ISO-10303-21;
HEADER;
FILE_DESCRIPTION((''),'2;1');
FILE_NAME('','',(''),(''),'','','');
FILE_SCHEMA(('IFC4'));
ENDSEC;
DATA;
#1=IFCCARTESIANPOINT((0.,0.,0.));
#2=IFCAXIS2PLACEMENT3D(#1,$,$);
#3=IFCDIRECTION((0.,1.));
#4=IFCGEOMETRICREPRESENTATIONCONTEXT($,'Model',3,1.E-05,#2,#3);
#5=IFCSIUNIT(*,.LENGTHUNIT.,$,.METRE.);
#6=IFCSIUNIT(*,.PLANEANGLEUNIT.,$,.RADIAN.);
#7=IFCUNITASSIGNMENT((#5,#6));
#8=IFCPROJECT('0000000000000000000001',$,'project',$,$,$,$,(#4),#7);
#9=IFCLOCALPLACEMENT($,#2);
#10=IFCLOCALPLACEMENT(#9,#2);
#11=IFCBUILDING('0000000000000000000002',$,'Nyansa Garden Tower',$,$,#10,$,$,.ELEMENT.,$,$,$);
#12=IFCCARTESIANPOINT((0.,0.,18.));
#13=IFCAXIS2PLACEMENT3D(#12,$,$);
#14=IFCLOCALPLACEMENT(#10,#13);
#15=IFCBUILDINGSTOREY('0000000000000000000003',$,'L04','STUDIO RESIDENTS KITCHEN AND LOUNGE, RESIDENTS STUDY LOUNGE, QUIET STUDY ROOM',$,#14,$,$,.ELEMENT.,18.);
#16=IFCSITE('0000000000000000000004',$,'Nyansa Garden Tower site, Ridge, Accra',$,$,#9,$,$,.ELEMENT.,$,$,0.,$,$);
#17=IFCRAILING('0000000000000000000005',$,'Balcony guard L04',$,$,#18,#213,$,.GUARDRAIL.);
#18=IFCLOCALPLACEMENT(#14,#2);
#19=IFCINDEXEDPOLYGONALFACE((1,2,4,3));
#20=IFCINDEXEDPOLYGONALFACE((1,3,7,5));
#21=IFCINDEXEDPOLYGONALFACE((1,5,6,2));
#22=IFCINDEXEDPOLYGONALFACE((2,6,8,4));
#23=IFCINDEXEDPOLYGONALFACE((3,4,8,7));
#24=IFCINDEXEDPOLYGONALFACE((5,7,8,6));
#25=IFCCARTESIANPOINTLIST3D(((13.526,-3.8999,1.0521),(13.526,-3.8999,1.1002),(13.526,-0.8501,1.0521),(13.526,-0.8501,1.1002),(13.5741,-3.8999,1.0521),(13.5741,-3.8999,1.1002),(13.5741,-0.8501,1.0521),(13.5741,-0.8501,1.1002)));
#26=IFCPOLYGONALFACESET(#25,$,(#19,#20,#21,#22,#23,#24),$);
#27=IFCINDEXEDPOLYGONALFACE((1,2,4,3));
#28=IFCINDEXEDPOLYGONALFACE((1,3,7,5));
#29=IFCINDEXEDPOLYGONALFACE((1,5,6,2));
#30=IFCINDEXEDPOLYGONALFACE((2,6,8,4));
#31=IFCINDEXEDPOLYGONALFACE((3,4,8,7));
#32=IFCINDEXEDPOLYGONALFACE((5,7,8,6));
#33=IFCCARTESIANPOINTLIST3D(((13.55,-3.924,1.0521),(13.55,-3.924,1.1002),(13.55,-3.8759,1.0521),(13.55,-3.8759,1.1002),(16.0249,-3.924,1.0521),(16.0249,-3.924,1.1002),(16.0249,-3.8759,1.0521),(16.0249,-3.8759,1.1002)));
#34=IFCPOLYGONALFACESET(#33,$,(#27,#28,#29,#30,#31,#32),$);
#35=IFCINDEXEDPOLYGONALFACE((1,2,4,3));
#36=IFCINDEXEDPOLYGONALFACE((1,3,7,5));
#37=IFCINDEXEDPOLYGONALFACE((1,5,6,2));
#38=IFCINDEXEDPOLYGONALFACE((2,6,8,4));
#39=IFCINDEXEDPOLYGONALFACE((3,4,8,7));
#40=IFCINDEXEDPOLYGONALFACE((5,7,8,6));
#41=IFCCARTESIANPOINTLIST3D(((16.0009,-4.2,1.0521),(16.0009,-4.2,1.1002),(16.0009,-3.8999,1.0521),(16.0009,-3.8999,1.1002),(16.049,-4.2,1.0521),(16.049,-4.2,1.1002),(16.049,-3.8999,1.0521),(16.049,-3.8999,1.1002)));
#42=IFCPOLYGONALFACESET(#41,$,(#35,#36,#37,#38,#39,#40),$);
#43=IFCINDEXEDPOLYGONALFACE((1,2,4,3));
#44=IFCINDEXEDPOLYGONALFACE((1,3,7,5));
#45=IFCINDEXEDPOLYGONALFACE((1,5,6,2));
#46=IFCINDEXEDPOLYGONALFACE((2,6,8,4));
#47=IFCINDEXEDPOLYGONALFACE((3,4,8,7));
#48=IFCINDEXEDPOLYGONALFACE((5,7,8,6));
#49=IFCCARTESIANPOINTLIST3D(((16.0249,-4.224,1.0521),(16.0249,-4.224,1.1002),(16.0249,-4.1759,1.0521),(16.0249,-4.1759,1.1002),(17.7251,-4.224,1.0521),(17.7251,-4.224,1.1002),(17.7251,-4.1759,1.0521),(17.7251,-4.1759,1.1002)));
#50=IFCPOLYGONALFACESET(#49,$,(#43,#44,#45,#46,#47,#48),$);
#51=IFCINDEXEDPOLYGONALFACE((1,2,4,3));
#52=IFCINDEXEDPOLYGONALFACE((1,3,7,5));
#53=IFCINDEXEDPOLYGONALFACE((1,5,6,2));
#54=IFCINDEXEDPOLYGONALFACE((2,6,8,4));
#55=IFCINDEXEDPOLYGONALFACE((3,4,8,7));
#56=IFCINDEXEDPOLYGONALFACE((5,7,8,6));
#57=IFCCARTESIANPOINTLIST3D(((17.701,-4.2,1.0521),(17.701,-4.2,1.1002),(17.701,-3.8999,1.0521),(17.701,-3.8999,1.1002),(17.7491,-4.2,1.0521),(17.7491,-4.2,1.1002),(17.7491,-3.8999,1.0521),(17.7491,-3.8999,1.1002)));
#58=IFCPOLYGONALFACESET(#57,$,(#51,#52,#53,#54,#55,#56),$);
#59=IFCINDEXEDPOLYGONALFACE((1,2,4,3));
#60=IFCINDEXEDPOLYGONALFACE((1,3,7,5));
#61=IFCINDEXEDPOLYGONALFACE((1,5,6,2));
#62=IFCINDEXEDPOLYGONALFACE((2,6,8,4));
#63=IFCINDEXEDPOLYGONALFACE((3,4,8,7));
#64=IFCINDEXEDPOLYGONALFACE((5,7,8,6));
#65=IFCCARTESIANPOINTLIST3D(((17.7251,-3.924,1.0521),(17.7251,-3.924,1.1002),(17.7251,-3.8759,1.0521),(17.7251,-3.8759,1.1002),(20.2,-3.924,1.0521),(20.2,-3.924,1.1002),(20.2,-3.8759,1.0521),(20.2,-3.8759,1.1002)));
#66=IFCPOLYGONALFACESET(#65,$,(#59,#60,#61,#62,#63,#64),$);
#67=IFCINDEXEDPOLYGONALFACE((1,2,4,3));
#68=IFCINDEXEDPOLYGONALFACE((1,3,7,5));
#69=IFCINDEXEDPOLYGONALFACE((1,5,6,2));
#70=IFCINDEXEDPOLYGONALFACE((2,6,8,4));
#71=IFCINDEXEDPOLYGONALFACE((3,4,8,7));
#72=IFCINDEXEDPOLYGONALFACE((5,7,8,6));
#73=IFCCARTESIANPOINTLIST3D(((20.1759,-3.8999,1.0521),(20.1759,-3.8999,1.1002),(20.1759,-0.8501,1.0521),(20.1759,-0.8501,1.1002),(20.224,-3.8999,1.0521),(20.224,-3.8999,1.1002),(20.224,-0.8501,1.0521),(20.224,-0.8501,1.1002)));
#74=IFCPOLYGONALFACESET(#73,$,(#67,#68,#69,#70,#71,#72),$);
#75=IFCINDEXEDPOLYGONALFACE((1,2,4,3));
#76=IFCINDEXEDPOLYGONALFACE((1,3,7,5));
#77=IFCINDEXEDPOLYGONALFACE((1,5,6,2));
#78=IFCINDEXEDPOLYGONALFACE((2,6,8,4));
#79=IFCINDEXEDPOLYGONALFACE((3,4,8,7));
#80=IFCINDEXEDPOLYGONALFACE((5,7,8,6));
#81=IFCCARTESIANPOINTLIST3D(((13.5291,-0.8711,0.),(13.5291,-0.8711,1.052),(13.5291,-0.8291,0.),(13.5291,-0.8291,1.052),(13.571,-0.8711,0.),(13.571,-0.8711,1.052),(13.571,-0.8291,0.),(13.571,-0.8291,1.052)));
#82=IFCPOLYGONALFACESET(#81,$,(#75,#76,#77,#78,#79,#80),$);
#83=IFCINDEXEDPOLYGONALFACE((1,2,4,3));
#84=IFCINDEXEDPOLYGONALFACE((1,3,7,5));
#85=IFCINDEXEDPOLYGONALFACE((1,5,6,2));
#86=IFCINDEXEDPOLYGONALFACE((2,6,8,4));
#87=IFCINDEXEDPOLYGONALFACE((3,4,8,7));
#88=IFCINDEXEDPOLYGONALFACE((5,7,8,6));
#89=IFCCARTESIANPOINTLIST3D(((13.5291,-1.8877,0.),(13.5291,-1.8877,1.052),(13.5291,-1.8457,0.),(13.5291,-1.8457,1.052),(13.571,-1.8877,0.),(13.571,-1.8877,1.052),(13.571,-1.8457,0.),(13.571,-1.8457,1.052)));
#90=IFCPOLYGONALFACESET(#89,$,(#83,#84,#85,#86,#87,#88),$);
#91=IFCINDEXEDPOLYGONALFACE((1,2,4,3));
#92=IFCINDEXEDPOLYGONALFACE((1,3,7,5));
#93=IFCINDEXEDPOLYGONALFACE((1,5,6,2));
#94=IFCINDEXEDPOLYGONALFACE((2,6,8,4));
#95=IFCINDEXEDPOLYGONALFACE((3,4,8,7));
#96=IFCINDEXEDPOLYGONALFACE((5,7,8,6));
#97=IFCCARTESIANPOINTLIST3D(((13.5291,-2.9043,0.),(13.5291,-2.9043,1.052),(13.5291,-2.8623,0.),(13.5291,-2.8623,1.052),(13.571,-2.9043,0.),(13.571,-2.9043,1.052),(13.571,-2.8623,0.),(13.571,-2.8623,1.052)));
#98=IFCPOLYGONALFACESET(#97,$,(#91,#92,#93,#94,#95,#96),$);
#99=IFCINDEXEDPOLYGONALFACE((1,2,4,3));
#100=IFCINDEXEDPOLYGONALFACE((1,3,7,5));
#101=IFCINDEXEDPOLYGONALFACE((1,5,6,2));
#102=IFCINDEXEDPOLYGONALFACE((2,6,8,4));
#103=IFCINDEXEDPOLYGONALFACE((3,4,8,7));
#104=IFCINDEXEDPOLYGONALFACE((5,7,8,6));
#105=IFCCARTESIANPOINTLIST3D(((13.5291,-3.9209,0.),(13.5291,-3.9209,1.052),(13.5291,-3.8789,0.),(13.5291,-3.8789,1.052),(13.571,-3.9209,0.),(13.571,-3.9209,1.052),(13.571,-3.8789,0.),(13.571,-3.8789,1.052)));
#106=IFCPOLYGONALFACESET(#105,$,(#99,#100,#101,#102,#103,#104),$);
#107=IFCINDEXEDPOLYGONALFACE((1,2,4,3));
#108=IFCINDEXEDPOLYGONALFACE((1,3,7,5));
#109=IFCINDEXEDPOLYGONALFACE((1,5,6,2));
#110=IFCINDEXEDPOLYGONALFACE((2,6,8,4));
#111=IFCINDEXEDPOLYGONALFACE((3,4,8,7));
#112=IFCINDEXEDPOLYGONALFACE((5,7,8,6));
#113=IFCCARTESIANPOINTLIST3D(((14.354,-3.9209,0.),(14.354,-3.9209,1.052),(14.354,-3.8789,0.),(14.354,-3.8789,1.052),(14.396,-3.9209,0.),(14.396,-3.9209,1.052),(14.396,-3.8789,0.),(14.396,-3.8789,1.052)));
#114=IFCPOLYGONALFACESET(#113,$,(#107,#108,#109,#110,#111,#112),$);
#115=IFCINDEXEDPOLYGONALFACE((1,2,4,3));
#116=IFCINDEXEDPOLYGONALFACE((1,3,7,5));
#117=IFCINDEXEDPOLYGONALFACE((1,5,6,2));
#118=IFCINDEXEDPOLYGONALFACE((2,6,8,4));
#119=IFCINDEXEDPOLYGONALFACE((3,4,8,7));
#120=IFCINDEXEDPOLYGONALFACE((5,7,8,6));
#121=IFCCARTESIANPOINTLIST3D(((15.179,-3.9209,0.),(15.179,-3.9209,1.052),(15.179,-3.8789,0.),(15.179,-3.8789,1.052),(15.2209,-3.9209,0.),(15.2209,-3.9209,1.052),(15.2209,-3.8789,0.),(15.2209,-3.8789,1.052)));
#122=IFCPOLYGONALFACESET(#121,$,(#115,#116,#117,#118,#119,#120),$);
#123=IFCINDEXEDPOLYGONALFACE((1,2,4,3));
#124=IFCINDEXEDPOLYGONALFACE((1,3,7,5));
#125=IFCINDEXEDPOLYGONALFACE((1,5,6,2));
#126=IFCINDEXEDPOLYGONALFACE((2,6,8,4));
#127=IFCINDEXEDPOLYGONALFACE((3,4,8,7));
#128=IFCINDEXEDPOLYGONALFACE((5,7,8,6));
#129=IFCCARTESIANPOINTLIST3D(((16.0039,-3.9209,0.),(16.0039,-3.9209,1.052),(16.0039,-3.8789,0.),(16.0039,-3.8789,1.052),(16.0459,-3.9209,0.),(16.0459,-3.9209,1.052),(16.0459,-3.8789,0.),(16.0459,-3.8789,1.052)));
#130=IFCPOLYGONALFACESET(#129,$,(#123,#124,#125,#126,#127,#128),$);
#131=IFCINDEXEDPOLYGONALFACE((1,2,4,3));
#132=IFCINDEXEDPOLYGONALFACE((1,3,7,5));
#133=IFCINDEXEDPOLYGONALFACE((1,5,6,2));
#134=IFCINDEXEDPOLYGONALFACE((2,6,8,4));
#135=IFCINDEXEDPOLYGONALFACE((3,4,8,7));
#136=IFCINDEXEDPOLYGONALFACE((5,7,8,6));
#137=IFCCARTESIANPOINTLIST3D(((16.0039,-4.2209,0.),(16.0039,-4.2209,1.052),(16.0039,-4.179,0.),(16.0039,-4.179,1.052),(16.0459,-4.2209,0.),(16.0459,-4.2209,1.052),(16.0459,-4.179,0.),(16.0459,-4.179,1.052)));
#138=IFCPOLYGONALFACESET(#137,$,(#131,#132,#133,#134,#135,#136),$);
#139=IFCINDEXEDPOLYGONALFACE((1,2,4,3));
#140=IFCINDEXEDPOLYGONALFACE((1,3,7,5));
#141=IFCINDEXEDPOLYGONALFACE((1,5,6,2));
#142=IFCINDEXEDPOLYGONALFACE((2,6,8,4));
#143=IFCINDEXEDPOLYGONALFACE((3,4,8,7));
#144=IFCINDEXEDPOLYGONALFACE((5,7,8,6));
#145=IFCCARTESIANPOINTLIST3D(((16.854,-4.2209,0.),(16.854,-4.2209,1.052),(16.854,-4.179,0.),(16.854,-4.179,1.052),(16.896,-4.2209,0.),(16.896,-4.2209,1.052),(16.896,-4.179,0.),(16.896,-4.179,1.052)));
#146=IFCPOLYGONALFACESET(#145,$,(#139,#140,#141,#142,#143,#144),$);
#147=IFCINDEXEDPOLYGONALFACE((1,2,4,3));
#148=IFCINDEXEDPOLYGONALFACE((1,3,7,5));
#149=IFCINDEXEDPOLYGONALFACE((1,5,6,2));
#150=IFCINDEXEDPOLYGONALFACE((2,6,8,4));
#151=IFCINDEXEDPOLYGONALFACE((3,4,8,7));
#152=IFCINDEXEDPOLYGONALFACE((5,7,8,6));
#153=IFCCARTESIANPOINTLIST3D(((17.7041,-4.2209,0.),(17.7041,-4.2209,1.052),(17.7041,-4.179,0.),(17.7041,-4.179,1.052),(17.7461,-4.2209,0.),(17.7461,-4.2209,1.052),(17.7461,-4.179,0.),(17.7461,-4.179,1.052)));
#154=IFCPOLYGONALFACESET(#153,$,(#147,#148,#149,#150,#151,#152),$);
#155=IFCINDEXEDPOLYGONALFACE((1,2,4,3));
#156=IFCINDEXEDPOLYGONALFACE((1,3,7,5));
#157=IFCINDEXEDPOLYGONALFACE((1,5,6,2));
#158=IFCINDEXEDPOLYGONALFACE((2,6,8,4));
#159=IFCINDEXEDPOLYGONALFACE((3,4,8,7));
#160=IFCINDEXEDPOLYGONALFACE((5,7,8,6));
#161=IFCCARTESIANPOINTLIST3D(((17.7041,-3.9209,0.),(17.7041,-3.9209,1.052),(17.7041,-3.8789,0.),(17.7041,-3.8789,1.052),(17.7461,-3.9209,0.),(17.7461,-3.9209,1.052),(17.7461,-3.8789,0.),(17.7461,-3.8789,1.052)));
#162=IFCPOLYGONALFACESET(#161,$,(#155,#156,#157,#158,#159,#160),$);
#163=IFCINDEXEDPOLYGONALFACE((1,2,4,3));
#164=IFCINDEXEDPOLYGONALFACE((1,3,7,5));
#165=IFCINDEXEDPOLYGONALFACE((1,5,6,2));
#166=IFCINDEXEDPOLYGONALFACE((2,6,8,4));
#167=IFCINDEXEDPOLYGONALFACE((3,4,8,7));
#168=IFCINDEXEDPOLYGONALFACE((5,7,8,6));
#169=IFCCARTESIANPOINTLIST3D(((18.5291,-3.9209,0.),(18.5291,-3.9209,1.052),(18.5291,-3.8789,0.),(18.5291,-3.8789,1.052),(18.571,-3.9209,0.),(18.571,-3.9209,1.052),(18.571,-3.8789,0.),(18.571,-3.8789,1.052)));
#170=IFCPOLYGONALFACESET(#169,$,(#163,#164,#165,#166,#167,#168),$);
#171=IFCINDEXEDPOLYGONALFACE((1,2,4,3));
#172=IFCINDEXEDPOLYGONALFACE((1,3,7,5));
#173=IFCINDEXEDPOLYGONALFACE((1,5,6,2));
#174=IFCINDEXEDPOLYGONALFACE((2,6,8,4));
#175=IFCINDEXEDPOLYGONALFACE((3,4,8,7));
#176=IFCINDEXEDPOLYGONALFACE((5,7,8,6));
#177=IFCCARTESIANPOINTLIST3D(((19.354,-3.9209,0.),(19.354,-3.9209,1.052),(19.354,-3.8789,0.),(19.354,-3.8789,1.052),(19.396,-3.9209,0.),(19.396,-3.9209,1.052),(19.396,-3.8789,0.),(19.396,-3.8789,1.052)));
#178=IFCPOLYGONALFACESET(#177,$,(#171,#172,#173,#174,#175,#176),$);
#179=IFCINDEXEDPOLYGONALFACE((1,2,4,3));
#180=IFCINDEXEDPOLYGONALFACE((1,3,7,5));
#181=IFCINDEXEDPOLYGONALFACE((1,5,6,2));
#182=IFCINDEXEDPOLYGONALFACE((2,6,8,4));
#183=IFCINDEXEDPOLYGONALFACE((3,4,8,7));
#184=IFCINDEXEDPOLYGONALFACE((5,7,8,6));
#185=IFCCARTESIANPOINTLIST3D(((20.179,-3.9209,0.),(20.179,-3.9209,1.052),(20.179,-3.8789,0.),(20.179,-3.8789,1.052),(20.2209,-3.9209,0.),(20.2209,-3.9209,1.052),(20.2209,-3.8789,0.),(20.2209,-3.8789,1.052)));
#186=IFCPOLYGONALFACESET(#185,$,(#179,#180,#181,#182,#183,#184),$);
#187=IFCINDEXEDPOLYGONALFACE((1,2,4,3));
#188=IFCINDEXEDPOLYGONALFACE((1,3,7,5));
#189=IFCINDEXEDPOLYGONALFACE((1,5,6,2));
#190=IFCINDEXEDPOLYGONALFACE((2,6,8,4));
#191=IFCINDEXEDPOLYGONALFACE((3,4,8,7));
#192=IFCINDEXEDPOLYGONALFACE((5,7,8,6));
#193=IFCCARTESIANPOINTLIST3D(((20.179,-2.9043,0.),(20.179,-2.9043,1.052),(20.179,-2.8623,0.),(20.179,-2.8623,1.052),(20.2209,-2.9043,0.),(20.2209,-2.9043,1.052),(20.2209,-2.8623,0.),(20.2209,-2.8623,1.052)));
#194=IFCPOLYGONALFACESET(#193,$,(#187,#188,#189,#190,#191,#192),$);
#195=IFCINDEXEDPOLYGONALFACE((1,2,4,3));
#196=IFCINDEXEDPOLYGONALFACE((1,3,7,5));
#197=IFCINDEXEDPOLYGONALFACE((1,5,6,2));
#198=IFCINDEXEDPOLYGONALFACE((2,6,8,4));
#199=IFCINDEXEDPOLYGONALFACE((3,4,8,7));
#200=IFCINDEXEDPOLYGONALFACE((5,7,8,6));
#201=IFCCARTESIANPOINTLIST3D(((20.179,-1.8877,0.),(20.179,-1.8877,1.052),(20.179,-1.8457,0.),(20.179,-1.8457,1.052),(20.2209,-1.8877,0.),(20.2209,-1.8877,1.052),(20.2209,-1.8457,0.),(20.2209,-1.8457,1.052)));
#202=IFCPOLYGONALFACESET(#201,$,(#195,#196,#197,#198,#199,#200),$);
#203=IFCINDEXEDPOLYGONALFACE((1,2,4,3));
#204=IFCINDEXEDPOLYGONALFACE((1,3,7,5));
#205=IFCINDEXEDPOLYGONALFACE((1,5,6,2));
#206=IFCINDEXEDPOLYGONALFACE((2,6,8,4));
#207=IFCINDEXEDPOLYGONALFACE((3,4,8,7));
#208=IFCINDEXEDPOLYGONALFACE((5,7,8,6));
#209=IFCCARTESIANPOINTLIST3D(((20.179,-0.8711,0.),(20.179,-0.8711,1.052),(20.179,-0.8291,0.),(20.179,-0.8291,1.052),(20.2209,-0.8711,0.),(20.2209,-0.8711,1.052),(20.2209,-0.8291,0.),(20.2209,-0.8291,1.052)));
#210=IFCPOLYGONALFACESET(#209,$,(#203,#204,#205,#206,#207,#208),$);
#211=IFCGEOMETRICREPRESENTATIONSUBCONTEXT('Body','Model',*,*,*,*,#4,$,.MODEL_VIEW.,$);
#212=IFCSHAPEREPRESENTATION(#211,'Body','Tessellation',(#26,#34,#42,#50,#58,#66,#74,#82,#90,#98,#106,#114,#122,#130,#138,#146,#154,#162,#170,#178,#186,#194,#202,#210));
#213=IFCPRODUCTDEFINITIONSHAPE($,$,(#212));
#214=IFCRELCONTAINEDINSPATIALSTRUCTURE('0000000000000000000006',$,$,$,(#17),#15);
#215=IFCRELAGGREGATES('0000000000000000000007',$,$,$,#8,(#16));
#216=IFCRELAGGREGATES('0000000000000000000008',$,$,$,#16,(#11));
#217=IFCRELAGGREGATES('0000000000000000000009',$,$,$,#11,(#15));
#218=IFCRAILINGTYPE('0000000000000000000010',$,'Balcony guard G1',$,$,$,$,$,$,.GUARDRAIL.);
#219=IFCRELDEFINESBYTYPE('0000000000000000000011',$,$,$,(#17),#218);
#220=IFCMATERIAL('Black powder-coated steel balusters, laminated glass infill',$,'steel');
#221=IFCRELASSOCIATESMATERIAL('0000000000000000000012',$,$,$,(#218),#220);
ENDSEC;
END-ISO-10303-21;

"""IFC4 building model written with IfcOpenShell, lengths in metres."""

from ifc_helpers import new_model, si_unit, direction, frame, origin, origin_2d, place, context, subcontext, project, spatial, rectangle, extrude, material, type_object, element, save


model = new_model("IFC4")

# Units and contexts
model_context = context("Model", 3, precision=1e-05, world=origin(), true_north=direction((0.0, 1.0)))
body_context = subcontext(model_context, "Body", "Model", "MODEL_VIEW")
ifc_project = project(units=[si_unit("LENGTHUNIT", "METRE"), si_unit("PLANEANGLEUNIT", "RADIAN")], contexts=[model_context])

# Site, building, storey
site_placement = place(None, origin())
site = spatial("IfcSite", under=ifc_project, at=site_placement, Name="Nyansa Garden Tower site, Ridge, Accra", CompositionType="ELEMENT", RefElevation=0.0)
building_placement = place(site_placement, origin())
building = spatial("IfcBuilding", under=site, at=building_placement, Name="Nyansa Garden Tower", CompositionType="ELEMENT")
storey_placement = place(building_placement, frame((0.0, 0.0, 18.0)))
storey = spatial("IfcBuildingStorey", under=building, at=storey_placement, Name="L04", Description="STUDIO RESIDENTS KITCHEN AND LOUNGE, RESIDENTS STUDY LOUNGE, QUIET STUDY ROOM", CompositionType="ELEMENT", Elevation=18.0)

# Railing
ifc_material_1 = material(Name="Black powder-coated steel balusters, laminated glass infill", Category="steel")
railing_type = type_object("IfcRailingType", Name="Balcony guard G1", PredefinedType="GUARDRAIL", material=ifc_material_1)
railing_placement = place(storey_placement, frame((13.55, -0.8501, 0.0)))
element("IfcRailing", 1, at=railing_placement, inside=storey, type_object=railing_type, Name="Balcony guard L04", PredefinedType="GUARDRAIL", context=body_context, shape_type="SweptSolid", body=[
    extrude(rectangle(XDim=0.0481, YDim=0.0481, at=origin_2d()), frame((0.0, 0.0, 1.0762), z_axis=(0.0, -1.0, 0.0), x_axis=(1.0, 0.0, 0.0)), (0.0, 0.0, 1.0), 3.0498),
    extrude(rectangle(XDim=0.0481, YDim=0.0481, at=origin_2d()), frame((0.0, -3.0498, 1.0762), z_axis=(1.0, 0.0, 0.0), x_axis=(0.0, 1.0, 0.0)), (0.0, 0.0, 1.0), 2.4749),
    extrude(rectangle(XDim=0.0481, YDim=0.0481, at=origin_2d()), frame((2.4749, -3.0498, 1.0762), z_axis=(0.0, -1.0, 0.0), x_axis=(1.0, 0.0, 0.0)), (0.0, 0.0, 1.0), 0.3),
    extrude(rectangle(XDim=0.0481, YDim=0.0481, at=origin_2d()), frame((2.4749, -3.3499, 1.0762), z_axis=(1.0, 0.0, 0.0), x_axis=(0.0, 1.0, 0.0)), (0.0, 0.0, 1.0), 1.7002),
    extrude(rectangle(XDim=0.0481, YDim=0.0481, at=origin_2d()), frame((4.175, -3.3499, 1.0762), z_axis=(0.0, 1.0, 0.0), x_axis=(-1.0, 0.0, 0.0)), (0.0, 0.0, 1.0), 0.3),
    extrude(rectangle(XDim=0.0481, YDim=0.0481, at=origin_2d()), frame((4.175, -3.0498, 1.0762), z_axis=(1.0, 0.0, 0.0), x_axis=(0.0, 1.0, 0.0)), (0.0, 0.0, 1.0), 2.4749),
    extrude(rectangle(XDim=0.0481, YDim=0.0481, at=origin_2d()), frame((6.6499, -3.0498, 1.0762), z_axis=(0.0, 1.0, 0.0), x_axis=(-1.0, 0.0, 0.0)), (0.0, 0.0, 1.0), 3.0498),
    extrude(rectangle(XDim=0.042, YDim=0.042, at=origin_2d()), origin(), (0.0, 0.0, 1.0), 1.052),
    extrude(rectangle(XDim=0.042, YDim=0.042, at=origin_2d()), frame((0.0, -1.0166, 0.0)), (0.0, 0.0, 1.0), 1.052),
    extrude(rectangle(XDim=0.042, YDim=0.042, at=origin_2d()), frame((0.0, -2.0332, 0.0)), (0.0, 0.0, 1.0), 1.052),
    extrude(rectangle(XDim=0.042, YDim=0.042, at=origin_2d()), frame((0.0, -3.0498, 0.0)), (0.0, 0.0, 1.0), 1.052),
    extrude(rectangle(XDim=0.042, YDim=0.042, at=origin_2d()), frame((0.825, -3.0498, 0.0)), (0.0, 0.0, 1.0), 1.052),
    extrude(rectangle(XDim=0.042, YDim=0.042, at=origin_2d()), frame((1.6499, -3.0498, 0.0)), (0.0, 0.0, 1.0), 1.052),
    extrude(rectangle(XDim=0.042, YDim=0.042, at=origin_2d()), frame((2.4749, -3.0498, 0.0)), (0.0, 0.0, 1.0), 1.052),
    extrude(rectangle(XDim=0.042, YDim=0.042, at=origin_2d()), frame((2.4749, -3.3499, 0.0)), (0.0, 0.0, 1.0), 1.052),
    extrude(rectangle(XDim=0.042, YDim=0.042, at=origin_2d()), frame((3.325, -3.3499, 0.0)), (0.0, 0.0, 1.0), 1.052),
    extrude(rectangle(XDim=0.042, YDim=0.042, at=origin_2d()), frame((4.175, -3.3499, 0.0)), (0.0, 0.0, 1.0), 1.052),
    extrude(rectangle(XDim=0.042, YDim=0.042, at=origin_2d()), frame((4.175, -3.0498, 0.0)), (0.0, 0.0, 1.0), 1.052),
    extrude(rectangle(XDim=0.042, YDim=0.042, at=origin_2d()), frame((5.0, -3.0498, 0.0)), (0.0, 0.0, 1.0), 1.052),
    extrude(rectangle(XDim=0.042, YDim=0.042, at=origin_2d()), frame((5.825, -3.0498, 0.0)), (0.0, 0.0, 1.0), 1.052),
    extrude(rectangle(XDim=0.042, YDim=0.042, at=origin_2d()), frame((6.6499, -3.0498, 0.0)), (0.0, 0.0, 1.0), 1.052),
    extrude(rectangle(XDim=0.042, YDim=0.042, at=origin_2d()), frame((6.6499, -2.0332, 0.0)), (0.0, 0.0, 1.0), 1.052),
    extrude(rectangle(XDim=0.042, YDim=0.042, at=origin_2d()), frame((6.6499, -1.0166, 0.0)), (0.0, 0.0, 1.0), 1.052),
    extrude(rectangle(XDim=0.042, YDim=0.042, at=origin_2d()), frame((6.6499, 0.0, 0.0)), (0.0, 0.0, 1.0), 1.052),
])

save(model, "model.ifc")
